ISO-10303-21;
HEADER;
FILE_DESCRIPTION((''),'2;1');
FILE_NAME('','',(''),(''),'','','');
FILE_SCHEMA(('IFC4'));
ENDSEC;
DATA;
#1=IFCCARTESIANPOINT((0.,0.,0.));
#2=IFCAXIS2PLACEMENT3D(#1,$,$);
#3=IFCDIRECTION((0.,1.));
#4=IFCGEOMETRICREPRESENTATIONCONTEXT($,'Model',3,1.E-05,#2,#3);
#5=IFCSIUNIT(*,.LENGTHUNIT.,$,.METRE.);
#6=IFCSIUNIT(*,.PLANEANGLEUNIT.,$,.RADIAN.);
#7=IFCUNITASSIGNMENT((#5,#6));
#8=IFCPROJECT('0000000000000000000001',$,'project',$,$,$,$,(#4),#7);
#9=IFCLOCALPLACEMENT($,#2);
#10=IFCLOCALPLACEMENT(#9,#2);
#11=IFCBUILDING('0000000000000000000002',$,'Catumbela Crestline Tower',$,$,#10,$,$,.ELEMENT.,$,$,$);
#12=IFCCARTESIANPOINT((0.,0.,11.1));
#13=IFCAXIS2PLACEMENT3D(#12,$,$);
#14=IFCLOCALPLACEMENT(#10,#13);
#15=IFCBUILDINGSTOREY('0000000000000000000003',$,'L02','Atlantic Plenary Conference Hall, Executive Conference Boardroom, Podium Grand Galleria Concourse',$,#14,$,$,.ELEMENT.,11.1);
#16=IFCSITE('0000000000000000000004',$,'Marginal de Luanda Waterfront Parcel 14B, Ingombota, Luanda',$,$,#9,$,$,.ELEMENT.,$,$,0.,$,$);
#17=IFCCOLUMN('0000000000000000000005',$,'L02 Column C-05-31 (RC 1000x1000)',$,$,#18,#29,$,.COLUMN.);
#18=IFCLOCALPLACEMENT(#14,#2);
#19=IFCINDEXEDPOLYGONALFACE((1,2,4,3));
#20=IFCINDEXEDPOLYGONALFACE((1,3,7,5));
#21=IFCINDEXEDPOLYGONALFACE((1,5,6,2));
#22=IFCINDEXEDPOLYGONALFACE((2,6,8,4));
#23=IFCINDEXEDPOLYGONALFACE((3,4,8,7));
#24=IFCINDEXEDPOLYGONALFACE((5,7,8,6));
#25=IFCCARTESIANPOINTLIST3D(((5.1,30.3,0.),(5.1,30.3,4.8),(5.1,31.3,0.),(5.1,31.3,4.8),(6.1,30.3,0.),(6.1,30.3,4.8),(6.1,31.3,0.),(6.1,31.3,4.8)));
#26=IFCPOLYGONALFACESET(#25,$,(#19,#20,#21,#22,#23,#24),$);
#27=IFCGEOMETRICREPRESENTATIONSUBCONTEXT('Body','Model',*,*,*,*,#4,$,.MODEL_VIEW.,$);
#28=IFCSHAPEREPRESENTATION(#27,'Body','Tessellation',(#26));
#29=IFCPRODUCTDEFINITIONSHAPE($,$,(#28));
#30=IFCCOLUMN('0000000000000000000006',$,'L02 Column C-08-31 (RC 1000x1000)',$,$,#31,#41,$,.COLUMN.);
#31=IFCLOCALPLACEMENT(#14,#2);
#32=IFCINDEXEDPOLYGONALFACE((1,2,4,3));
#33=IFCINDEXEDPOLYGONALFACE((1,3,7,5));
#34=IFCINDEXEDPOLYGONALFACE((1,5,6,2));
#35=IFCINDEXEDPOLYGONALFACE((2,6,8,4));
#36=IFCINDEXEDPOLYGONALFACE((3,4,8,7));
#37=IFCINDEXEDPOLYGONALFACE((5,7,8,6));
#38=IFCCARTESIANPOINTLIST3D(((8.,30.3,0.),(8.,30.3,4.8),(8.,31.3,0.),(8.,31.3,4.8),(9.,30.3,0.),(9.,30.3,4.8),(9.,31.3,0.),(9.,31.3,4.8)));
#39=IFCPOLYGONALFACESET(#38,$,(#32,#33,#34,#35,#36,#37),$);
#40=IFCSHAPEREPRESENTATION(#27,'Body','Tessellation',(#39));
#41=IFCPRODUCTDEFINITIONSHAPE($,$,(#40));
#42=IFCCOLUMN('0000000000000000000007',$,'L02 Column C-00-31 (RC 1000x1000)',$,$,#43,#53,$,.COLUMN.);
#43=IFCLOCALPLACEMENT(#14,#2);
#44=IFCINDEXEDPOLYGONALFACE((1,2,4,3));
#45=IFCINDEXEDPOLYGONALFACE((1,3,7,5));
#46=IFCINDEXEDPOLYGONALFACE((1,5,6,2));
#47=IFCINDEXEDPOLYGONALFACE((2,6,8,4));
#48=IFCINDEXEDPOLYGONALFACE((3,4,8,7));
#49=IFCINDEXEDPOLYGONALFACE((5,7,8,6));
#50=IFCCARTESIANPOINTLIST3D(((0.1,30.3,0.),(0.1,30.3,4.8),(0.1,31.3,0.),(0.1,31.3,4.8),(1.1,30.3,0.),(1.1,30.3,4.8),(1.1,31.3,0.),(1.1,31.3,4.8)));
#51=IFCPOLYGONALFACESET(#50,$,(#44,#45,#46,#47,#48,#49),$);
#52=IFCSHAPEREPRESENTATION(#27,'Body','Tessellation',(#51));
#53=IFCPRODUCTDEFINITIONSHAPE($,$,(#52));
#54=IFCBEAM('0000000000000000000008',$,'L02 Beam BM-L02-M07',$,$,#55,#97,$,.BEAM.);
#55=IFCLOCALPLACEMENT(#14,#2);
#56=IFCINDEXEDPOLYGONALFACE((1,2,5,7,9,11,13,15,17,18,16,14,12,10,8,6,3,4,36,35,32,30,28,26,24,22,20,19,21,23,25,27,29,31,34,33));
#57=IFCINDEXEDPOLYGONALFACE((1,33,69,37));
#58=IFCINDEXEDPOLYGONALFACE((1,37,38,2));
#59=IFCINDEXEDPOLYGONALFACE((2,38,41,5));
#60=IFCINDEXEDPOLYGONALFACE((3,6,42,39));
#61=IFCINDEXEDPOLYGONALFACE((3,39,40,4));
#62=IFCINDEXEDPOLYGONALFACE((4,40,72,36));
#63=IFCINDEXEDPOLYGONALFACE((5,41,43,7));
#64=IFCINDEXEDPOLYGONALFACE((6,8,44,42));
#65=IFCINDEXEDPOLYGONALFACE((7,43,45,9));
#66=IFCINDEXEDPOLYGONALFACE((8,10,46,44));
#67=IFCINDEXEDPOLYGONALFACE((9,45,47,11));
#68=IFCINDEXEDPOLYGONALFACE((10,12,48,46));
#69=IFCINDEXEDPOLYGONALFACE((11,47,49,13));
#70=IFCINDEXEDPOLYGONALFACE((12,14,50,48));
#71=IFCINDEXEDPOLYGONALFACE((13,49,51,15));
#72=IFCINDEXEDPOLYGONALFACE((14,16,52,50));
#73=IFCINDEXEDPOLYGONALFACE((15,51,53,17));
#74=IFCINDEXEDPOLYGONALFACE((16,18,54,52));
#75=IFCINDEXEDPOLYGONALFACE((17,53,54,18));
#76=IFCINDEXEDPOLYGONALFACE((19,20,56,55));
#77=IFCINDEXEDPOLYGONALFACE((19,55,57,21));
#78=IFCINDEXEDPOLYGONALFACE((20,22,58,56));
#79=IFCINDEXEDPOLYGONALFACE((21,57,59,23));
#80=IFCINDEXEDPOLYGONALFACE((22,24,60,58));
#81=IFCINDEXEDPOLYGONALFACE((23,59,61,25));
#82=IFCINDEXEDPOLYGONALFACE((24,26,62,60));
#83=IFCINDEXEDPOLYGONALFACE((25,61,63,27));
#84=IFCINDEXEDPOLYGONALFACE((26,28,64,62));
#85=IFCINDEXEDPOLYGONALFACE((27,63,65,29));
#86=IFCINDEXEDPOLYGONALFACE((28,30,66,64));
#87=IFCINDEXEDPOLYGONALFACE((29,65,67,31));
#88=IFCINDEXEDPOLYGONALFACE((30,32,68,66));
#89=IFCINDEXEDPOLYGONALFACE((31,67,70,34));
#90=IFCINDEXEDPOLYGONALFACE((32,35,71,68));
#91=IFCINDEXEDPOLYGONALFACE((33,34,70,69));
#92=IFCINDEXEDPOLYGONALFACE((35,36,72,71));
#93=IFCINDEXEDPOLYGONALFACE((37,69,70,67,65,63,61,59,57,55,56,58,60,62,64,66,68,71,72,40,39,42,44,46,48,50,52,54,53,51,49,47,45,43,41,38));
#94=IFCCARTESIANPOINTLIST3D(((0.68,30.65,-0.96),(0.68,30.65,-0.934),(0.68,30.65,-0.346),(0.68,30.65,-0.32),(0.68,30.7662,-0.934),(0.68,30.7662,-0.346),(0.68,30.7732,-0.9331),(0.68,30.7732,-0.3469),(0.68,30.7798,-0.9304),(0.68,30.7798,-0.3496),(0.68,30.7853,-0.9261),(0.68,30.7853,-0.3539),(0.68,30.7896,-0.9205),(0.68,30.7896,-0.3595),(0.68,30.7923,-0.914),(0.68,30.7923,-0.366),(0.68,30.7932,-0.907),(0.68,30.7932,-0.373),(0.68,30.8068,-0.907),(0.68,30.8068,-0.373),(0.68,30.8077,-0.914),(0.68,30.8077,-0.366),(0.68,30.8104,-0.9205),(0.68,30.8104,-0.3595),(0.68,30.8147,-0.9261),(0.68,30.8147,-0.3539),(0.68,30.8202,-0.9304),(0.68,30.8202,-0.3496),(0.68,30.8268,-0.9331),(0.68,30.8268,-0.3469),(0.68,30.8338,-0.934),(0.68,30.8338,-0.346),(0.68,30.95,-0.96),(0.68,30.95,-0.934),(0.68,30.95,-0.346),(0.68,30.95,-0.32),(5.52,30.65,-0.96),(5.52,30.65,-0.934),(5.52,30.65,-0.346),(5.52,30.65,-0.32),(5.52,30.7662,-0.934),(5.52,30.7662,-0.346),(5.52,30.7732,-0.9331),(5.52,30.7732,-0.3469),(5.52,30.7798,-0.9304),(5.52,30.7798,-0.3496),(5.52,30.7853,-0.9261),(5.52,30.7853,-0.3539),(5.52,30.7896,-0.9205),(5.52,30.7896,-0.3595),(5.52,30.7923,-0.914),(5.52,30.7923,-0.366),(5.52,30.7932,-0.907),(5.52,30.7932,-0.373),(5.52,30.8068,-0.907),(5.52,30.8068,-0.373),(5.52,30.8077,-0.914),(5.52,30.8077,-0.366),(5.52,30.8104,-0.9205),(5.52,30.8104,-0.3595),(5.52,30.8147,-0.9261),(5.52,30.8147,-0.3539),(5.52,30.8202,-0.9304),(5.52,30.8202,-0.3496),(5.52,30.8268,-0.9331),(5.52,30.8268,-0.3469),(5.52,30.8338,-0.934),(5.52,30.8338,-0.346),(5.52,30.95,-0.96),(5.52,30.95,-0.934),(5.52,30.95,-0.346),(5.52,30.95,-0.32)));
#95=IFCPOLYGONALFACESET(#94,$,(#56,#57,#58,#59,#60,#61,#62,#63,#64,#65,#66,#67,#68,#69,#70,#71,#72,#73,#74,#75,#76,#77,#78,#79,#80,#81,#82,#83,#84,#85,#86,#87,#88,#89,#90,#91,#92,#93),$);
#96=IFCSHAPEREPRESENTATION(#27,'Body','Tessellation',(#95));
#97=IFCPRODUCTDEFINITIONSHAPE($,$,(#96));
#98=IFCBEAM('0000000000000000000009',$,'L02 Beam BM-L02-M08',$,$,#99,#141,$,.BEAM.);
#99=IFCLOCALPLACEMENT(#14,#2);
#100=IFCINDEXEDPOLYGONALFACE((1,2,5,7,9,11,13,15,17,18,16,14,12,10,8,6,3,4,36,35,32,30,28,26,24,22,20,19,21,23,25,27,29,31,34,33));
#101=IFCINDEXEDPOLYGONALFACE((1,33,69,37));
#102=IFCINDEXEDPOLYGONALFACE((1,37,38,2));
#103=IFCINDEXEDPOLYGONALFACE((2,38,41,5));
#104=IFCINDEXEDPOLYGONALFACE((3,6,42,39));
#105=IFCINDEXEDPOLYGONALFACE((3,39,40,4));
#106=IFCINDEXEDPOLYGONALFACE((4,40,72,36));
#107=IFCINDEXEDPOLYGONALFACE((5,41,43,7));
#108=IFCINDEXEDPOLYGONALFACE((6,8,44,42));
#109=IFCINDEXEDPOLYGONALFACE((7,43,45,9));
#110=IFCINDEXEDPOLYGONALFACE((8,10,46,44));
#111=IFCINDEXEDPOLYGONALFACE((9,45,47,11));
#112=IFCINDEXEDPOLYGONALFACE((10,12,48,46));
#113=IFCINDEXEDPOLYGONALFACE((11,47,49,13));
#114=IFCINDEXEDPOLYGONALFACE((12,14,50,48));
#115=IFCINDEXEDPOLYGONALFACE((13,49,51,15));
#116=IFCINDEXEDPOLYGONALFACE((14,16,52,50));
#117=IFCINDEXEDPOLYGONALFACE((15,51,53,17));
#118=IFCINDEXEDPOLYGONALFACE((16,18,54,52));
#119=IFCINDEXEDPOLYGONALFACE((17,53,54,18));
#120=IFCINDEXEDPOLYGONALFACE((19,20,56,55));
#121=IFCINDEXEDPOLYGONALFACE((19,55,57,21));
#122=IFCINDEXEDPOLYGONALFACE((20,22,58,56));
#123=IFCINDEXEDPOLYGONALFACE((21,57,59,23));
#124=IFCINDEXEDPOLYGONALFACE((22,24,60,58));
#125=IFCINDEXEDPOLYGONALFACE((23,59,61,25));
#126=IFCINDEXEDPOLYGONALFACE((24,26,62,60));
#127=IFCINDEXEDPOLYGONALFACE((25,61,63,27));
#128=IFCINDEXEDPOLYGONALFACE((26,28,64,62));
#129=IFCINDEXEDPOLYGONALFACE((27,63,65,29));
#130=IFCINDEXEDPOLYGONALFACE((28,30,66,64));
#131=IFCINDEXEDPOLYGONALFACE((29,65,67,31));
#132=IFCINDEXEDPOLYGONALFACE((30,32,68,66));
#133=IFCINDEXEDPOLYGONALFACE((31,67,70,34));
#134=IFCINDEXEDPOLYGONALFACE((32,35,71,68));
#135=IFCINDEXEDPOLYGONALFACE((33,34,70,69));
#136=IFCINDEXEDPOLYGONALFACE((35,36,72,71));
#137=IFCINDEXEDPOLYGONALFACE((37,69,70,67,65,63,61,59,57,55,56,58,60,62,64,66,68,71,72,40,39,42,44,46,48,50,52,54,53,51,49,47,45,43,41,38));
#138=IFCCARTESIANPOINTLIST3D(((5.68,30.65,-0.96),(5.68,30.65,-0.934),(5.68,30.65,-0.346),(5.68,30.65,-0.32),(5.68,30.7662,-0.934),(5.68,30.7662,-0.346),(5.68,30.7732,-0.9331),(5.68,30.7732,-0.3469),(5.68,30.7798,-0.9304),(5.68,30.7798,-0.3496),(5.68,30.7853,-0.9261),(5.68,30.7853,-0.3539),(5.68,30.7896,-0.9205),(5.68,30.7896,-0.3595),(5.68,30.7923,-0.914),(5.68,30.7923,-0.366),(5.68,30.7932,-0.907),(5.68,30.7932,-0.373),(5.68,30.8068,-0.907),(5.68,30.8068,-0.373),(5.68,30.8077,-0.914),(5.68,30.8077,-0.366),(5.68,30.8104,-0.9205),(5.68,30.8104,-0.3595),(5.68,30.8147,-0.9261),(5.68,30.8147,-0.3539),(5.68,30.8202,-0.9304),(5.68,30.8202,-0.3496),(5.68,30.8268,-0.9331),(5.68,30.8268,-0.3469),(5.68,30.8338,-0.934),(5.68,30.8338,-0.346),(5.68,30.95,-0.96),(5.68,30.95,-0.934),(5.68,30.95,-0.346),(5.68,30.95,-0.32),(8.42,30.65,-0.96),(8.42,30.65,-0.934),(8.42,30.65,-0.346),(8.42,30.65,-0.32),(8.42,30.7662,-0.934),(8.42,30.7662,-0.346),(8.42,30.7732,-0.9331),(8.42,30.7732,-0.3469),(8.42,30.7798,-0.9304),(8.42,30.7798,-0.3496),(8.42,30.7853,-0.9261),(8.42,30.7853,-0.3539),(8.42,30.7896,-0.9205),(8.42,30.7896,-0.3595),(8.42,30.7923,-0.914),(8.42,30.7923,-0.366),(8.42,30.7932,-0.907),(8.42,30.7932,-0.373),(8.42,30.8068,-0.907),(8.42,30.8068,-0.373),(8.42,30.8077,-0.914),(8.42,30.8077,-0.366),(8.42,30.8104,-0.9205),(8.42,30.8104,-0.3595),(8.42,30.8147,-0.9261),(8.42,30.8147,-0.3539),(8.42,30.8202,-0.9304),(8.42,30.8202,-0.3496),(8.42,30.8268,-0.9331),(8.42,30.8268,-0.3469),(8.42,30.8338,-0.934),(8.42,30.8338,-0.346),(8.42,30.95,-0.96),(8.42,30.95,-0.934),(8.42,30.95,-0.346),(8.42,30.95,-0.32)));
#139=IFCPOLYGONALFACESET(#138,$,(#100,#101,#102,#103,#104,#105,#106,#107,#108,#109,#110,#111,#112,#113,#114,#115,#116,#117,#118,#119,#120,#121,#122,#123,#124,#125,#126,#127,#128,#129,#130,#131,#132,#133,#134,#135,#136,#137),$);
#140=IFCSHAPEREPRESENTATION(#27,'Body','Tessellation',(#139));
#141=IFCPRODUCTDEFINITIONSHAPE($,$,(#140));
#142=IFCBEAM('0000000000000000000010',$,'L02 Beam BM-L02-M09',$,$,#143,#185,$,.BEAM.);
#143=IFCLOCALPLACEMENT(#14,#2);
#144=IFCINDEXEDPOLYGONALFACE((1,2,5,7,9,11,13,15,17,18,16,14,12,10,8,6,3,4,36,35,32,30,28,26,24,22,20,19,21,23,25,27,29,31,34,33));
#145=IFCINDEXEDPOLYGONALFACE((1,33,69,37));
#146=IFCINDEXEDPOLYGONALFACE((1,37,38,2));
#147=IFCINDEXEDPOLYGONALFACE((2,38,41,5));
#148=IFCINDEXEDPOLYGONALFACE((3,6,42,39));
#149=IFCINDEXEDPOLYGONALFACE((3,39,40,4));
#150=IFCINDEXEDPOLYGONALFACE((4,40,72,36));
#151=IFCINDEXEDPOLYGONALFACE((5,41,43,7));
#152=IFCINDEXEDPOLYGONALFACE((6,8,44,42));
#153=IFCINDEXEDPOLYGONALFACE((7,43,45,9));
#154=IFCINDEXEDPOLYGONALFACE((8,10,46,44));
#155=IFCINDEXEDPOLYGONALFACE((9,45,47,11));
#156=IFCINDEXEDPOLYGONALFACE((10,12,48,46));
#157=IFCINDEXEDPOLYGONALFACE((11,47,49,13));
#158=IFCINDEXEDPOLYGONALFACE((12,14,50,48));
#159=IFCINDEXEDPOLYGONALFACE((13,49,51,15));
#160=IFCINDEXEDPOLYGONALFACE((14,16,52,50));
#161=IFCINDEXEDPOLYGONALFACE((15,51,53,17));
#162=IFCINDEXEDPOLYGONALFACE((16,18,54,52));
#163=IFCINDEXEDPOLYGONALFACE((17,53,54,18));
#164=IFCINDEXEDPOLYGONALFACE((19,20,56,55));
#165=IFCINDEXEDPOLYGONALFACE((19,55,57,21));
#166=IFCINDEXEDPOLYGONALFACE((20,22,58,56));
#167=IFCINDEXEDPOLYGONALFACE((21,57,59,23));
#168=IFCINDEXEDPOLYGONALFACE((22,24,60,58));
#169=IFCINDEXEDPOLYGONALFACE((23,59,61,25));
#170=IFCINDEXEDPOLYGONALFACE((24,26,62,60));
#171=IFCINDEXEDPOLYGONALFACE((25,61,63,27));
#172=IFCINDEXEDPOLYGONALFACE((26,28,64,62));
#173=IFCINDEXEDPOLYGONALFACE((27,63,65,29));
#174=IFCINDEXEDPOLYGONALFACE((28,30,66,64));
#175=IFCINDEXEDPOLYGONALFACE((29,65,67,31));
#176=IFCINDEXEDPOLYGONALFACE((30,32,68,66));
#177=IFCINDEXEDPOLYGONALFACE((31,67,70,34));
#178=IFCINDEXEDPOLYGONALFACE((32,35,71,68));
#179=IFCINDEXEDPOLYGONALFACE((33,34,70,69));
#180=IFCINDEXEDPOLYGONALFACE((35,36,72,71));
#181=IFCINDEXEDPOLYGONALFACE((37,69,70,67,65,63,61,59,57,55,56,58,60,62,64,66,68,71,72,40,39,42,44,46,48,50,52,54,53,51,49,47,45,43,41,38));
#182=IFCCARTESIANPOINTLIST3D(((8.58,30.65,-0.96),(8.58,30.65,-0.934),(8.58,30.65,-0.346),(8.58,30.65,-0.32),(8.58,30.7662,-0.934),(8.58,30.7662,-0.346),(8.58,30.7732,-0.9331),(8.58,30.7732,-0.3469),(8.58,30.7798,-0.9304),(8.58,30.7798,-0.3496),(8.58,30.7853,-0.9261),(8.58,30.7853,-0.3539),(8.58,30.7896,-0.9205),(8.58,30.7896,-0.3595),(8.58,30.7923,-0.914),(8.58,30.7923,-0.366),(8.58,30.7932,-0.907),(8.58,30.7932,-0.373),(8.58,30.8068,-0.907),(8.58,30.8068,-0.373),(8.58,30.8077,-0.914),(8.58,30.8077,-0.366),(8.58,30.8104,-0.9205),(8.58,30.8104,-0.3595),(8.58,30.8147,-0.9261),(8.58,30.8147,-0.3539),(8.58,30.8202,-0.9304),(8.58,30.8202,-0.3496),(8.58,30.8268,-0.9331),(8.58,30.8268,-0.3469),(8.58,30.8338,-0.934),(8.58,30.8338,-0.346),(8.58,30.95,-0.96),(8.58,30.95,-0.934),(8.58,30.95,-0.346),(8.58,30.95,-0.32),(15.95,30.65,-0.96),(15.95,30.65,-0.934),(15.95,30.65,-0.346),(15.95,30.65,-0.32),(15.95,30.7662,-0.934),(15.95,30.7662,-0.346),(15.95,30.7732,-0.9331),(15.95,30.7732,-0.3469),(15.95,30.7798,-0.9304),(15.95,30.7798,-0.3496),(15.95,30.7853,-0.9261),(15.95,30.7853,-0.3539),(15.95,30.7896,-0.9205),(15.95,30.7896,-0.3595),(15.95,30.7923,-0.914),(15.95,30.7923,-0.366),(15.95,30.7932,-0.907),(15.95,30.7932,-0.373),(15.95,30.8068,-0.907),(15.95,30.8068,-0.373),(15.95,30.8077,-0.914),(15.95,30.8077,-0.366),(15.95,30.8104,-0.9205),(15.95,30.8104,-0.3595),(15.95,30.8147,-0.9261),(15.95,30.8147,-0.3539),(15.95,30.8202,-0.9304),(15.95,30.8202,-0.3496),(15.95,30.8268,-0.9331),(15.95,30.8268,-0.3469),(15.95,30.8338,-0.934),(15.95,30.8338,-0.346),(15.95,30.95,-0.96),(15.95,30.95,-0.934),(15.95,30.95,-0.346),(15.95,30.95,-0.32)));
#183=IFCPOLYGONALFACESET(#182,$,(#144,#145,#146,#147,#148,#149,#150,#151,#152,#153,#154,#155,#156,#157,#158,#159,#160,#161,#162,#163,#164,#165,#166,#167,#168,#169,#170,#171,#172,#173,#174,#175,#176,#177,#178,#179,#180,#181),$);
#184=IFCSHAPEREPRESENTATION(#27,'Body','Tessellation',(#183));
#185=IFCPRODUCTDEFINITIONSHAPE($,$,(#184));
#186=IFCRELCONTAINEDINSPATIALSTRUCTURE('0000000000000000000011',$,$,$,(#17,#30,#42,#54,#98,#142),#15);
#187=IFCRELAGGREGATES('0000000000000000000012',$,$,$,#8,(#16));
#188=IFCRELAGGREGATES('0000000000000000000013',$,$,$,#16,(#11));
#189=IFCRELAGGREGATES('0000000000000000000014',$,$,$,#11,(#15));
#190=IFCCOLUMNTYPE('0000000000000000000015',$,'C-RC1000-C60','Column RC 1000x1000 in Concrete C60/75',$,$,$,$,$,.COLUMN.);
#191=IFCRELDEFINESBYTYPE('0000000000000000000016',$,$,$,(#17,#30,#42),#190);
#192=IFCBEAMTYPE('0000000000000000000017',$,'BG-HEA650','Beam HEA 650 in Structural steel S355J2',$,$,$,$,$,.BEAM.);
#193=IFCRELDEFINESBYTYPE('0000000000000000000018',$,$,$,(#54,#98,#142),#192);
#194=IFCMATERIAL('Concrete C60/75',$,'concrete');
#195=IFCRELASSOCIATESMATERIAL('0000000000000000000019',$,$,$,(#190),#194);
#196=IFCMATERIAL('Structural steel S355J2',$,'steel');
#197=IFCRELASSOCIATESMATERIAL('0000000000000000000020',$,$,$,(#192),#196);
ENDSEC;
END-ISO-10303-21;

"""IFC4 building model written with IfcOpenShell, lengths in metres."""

from ifc_helpers import new_model, si_unit, direction, frame, origin, origin_2d, place, context, subcontext, project, spatial, rectangle, i_section, extrude, material, material_profile, profile_set, type_object, element, save


model = new_model("IFC4")

# Units and contexts
model_context = context("Model", 3, precision=1e-05, world=origin(), true_north=direction((0.0, 1.0)))
body_context = subcontext(model_context, "Body", "Model", "MODEL_VIEW")
ifc_project = project(units=[si_unit("LENGTHUNIT", "METRE"), si_unit("PLANEANGLEUNIT", "RADIAN")], contexts=[model_context])

# Site, building, storey
site_placement = place(None, origin())
site = spatial("IfcSite", under=ifc_project, at=site_placement, Name="Marginal de Luanda Waterfront Parcel 14B, Ingombota, Luanda", CompositionType="ELEMENT", RefElevation=0.0)
building_placement = place(site_placement, origin())
building = spatial("IfcBuilding", under=site, at=building_placement, Name="Catumbela Crestline Tower", CompositionType="ELEMENT")
storey_placement = place(building_placement, frame((0.0, 0.0, 11.1)))
storey = spatial("IfcBuildingStorey", under=building, at=storey_placement, Name="L02", Description="Atlantic Plenary Conference Hall, Executive Conference Boardroom, Podium Grand Galleria Concourse", CompositionType="ELEMENT", Elevation=11.1)

# Columns
ifc_material_1 = material(Name="Concrete C60/75", Category="concrete")
ifc_material_profile_1 = material_profile(ifc_material_1, rectangle(XDim=1.0, YDim=1.0, at=origin_2d()), Name="RC 1000x1000")
ifc_profile_set_1 = profile_set([ifc_material_profile_1], Name="Concrete C60/75")
column_type = type_object("IfcColumnType", Name="C-RC1000-C60", Description="Column RC 1000x1000 in Concrete C60/75", PredefinedType="COLUMN", material=ifc_profile_set_1)
for number, where, z_axis, x_axis, name in (
    (1, (5.6, 30.8, 0.0), (0.0, 0.0, 1.0), (1.0, 0.0, 0.0), "L02 Column C-05-31 (RC 1000x1000)"),
    (2, (8.5, 30.8, 0.0), (0.0, 0.0, 1.0), (1.0, 0.0, 0.0), "L02 Column C-08-31 (RC 1000x1000)"),
    (3, (0.6, 30.8, 0.0), (0.0, 0.0, 1.0), (1.0, 0.0, 0.0), "L02 Column C-00-31 (RC 1000x1000)"),
):
    element("IfcColumn", number, at=place(storey_placement, frame(where, z_axis=z_axis, x_axis=x_axis)), inside=storey, type_object=column_type, Name=name, PredefinedType="COLUMN", context=body_context, shape_type="SweptSolid", body=[
        extrude(rectangle(XDim=1.0, YDim=1.0, at=origin_2d()), origin(), (0.0, 0.0, 1.0), 4.8),
    ])

# Beams
ifc_material_2 = material(Name="Structural steel S355J2", Category="steel")
ifc_material_profile_2 = material_profile(ifc_material_2, i_section(OverallWidth=0.3, OverallDepth=0.64, WebThickness=0.0135, FlangeThickness=0.026, FilletRadius=0.027, at=origin_2d()), Name="HEA 650")
ifc_profile_set_2 = profile_set([ifc_material_profile_2], Name="Structural steel S355J2")
beam_type_1 = type_object("IfcBeamType", Name="BG-HEA650", Description="Beam HEA 650 in Structural steel S355J2", PredefinedType="BEAM", material=ifc_profile_set_2)
beam_1_placement = place(storey_placement, frame((0.68, 30.8, -0.64), z_axis=(1.0, 0.0, 0.0), x_axis=(0.0, 1.0, 0.0)))
element("IfcBeam", 4, at=beam_1_placement, inside=storey, type_object=beam_type_1, Name="L02 Beam BM-L02-M07", PredefinedType="BEAM", context=body_context, shape_type="SweptSolid", body=[
    extrude(i_section(OverallWidth=0.3, OverallDepth=0.64, WebThickness=0.0135, FlangeThickness=0.026, FilletRadius=0.027, at=origin_2d()), origin(), (0.0, 0.0, 1.0), 4.84),
])
beam_2_placement = place(storey_placement, frame((5.68, 30.8, -0.64), z_axis=(1.0, 0.0, 0.0), x_axis=(0.0, 1.0, 0.0)))
element("IfcBeam", 5, at=beam_2_placement, inside=storey, type_object=beam_type_1, Name="L02 Beam BM-L02-M08", PredefinedType="BEAM", context=body_context, shape_type="SweptSolid", body=[
    extrude(i_section(OverallWidth=0.3, OverallDepth=0.64, WebThickness=0.0135, FlangeThickness=0.026, FilletRadius=0.027, at=origin_2d()), origin(), (0.0, 0.0, 1.0), 2.74),
])
beam_3_placement = place(storey_placement, frame((8.58, 30.8, -0.64), z_axis=(1.0, 0.0, 0.0), x_axis=(0.0, 1.0, 0.0)))
element("IfcBeam", 6, at=beam_3_placement, inside=storey, type_object=beam_type_1, Name="L02 Beam BM-L02-M09", PredefinedType="BEAM", context=body_context, shape_type="SweptSolid", body=[
    extrude(i_section(OverallWidth=0.3, OverallDepth=0.64, WebThickness=0.0135, FlangeThickness=0.026, FilletRadius=0.027, at=origin_2d()), origin(), (0.0, 0.0, 1.0), 7.37),
])

save(model, "model.ifc")
